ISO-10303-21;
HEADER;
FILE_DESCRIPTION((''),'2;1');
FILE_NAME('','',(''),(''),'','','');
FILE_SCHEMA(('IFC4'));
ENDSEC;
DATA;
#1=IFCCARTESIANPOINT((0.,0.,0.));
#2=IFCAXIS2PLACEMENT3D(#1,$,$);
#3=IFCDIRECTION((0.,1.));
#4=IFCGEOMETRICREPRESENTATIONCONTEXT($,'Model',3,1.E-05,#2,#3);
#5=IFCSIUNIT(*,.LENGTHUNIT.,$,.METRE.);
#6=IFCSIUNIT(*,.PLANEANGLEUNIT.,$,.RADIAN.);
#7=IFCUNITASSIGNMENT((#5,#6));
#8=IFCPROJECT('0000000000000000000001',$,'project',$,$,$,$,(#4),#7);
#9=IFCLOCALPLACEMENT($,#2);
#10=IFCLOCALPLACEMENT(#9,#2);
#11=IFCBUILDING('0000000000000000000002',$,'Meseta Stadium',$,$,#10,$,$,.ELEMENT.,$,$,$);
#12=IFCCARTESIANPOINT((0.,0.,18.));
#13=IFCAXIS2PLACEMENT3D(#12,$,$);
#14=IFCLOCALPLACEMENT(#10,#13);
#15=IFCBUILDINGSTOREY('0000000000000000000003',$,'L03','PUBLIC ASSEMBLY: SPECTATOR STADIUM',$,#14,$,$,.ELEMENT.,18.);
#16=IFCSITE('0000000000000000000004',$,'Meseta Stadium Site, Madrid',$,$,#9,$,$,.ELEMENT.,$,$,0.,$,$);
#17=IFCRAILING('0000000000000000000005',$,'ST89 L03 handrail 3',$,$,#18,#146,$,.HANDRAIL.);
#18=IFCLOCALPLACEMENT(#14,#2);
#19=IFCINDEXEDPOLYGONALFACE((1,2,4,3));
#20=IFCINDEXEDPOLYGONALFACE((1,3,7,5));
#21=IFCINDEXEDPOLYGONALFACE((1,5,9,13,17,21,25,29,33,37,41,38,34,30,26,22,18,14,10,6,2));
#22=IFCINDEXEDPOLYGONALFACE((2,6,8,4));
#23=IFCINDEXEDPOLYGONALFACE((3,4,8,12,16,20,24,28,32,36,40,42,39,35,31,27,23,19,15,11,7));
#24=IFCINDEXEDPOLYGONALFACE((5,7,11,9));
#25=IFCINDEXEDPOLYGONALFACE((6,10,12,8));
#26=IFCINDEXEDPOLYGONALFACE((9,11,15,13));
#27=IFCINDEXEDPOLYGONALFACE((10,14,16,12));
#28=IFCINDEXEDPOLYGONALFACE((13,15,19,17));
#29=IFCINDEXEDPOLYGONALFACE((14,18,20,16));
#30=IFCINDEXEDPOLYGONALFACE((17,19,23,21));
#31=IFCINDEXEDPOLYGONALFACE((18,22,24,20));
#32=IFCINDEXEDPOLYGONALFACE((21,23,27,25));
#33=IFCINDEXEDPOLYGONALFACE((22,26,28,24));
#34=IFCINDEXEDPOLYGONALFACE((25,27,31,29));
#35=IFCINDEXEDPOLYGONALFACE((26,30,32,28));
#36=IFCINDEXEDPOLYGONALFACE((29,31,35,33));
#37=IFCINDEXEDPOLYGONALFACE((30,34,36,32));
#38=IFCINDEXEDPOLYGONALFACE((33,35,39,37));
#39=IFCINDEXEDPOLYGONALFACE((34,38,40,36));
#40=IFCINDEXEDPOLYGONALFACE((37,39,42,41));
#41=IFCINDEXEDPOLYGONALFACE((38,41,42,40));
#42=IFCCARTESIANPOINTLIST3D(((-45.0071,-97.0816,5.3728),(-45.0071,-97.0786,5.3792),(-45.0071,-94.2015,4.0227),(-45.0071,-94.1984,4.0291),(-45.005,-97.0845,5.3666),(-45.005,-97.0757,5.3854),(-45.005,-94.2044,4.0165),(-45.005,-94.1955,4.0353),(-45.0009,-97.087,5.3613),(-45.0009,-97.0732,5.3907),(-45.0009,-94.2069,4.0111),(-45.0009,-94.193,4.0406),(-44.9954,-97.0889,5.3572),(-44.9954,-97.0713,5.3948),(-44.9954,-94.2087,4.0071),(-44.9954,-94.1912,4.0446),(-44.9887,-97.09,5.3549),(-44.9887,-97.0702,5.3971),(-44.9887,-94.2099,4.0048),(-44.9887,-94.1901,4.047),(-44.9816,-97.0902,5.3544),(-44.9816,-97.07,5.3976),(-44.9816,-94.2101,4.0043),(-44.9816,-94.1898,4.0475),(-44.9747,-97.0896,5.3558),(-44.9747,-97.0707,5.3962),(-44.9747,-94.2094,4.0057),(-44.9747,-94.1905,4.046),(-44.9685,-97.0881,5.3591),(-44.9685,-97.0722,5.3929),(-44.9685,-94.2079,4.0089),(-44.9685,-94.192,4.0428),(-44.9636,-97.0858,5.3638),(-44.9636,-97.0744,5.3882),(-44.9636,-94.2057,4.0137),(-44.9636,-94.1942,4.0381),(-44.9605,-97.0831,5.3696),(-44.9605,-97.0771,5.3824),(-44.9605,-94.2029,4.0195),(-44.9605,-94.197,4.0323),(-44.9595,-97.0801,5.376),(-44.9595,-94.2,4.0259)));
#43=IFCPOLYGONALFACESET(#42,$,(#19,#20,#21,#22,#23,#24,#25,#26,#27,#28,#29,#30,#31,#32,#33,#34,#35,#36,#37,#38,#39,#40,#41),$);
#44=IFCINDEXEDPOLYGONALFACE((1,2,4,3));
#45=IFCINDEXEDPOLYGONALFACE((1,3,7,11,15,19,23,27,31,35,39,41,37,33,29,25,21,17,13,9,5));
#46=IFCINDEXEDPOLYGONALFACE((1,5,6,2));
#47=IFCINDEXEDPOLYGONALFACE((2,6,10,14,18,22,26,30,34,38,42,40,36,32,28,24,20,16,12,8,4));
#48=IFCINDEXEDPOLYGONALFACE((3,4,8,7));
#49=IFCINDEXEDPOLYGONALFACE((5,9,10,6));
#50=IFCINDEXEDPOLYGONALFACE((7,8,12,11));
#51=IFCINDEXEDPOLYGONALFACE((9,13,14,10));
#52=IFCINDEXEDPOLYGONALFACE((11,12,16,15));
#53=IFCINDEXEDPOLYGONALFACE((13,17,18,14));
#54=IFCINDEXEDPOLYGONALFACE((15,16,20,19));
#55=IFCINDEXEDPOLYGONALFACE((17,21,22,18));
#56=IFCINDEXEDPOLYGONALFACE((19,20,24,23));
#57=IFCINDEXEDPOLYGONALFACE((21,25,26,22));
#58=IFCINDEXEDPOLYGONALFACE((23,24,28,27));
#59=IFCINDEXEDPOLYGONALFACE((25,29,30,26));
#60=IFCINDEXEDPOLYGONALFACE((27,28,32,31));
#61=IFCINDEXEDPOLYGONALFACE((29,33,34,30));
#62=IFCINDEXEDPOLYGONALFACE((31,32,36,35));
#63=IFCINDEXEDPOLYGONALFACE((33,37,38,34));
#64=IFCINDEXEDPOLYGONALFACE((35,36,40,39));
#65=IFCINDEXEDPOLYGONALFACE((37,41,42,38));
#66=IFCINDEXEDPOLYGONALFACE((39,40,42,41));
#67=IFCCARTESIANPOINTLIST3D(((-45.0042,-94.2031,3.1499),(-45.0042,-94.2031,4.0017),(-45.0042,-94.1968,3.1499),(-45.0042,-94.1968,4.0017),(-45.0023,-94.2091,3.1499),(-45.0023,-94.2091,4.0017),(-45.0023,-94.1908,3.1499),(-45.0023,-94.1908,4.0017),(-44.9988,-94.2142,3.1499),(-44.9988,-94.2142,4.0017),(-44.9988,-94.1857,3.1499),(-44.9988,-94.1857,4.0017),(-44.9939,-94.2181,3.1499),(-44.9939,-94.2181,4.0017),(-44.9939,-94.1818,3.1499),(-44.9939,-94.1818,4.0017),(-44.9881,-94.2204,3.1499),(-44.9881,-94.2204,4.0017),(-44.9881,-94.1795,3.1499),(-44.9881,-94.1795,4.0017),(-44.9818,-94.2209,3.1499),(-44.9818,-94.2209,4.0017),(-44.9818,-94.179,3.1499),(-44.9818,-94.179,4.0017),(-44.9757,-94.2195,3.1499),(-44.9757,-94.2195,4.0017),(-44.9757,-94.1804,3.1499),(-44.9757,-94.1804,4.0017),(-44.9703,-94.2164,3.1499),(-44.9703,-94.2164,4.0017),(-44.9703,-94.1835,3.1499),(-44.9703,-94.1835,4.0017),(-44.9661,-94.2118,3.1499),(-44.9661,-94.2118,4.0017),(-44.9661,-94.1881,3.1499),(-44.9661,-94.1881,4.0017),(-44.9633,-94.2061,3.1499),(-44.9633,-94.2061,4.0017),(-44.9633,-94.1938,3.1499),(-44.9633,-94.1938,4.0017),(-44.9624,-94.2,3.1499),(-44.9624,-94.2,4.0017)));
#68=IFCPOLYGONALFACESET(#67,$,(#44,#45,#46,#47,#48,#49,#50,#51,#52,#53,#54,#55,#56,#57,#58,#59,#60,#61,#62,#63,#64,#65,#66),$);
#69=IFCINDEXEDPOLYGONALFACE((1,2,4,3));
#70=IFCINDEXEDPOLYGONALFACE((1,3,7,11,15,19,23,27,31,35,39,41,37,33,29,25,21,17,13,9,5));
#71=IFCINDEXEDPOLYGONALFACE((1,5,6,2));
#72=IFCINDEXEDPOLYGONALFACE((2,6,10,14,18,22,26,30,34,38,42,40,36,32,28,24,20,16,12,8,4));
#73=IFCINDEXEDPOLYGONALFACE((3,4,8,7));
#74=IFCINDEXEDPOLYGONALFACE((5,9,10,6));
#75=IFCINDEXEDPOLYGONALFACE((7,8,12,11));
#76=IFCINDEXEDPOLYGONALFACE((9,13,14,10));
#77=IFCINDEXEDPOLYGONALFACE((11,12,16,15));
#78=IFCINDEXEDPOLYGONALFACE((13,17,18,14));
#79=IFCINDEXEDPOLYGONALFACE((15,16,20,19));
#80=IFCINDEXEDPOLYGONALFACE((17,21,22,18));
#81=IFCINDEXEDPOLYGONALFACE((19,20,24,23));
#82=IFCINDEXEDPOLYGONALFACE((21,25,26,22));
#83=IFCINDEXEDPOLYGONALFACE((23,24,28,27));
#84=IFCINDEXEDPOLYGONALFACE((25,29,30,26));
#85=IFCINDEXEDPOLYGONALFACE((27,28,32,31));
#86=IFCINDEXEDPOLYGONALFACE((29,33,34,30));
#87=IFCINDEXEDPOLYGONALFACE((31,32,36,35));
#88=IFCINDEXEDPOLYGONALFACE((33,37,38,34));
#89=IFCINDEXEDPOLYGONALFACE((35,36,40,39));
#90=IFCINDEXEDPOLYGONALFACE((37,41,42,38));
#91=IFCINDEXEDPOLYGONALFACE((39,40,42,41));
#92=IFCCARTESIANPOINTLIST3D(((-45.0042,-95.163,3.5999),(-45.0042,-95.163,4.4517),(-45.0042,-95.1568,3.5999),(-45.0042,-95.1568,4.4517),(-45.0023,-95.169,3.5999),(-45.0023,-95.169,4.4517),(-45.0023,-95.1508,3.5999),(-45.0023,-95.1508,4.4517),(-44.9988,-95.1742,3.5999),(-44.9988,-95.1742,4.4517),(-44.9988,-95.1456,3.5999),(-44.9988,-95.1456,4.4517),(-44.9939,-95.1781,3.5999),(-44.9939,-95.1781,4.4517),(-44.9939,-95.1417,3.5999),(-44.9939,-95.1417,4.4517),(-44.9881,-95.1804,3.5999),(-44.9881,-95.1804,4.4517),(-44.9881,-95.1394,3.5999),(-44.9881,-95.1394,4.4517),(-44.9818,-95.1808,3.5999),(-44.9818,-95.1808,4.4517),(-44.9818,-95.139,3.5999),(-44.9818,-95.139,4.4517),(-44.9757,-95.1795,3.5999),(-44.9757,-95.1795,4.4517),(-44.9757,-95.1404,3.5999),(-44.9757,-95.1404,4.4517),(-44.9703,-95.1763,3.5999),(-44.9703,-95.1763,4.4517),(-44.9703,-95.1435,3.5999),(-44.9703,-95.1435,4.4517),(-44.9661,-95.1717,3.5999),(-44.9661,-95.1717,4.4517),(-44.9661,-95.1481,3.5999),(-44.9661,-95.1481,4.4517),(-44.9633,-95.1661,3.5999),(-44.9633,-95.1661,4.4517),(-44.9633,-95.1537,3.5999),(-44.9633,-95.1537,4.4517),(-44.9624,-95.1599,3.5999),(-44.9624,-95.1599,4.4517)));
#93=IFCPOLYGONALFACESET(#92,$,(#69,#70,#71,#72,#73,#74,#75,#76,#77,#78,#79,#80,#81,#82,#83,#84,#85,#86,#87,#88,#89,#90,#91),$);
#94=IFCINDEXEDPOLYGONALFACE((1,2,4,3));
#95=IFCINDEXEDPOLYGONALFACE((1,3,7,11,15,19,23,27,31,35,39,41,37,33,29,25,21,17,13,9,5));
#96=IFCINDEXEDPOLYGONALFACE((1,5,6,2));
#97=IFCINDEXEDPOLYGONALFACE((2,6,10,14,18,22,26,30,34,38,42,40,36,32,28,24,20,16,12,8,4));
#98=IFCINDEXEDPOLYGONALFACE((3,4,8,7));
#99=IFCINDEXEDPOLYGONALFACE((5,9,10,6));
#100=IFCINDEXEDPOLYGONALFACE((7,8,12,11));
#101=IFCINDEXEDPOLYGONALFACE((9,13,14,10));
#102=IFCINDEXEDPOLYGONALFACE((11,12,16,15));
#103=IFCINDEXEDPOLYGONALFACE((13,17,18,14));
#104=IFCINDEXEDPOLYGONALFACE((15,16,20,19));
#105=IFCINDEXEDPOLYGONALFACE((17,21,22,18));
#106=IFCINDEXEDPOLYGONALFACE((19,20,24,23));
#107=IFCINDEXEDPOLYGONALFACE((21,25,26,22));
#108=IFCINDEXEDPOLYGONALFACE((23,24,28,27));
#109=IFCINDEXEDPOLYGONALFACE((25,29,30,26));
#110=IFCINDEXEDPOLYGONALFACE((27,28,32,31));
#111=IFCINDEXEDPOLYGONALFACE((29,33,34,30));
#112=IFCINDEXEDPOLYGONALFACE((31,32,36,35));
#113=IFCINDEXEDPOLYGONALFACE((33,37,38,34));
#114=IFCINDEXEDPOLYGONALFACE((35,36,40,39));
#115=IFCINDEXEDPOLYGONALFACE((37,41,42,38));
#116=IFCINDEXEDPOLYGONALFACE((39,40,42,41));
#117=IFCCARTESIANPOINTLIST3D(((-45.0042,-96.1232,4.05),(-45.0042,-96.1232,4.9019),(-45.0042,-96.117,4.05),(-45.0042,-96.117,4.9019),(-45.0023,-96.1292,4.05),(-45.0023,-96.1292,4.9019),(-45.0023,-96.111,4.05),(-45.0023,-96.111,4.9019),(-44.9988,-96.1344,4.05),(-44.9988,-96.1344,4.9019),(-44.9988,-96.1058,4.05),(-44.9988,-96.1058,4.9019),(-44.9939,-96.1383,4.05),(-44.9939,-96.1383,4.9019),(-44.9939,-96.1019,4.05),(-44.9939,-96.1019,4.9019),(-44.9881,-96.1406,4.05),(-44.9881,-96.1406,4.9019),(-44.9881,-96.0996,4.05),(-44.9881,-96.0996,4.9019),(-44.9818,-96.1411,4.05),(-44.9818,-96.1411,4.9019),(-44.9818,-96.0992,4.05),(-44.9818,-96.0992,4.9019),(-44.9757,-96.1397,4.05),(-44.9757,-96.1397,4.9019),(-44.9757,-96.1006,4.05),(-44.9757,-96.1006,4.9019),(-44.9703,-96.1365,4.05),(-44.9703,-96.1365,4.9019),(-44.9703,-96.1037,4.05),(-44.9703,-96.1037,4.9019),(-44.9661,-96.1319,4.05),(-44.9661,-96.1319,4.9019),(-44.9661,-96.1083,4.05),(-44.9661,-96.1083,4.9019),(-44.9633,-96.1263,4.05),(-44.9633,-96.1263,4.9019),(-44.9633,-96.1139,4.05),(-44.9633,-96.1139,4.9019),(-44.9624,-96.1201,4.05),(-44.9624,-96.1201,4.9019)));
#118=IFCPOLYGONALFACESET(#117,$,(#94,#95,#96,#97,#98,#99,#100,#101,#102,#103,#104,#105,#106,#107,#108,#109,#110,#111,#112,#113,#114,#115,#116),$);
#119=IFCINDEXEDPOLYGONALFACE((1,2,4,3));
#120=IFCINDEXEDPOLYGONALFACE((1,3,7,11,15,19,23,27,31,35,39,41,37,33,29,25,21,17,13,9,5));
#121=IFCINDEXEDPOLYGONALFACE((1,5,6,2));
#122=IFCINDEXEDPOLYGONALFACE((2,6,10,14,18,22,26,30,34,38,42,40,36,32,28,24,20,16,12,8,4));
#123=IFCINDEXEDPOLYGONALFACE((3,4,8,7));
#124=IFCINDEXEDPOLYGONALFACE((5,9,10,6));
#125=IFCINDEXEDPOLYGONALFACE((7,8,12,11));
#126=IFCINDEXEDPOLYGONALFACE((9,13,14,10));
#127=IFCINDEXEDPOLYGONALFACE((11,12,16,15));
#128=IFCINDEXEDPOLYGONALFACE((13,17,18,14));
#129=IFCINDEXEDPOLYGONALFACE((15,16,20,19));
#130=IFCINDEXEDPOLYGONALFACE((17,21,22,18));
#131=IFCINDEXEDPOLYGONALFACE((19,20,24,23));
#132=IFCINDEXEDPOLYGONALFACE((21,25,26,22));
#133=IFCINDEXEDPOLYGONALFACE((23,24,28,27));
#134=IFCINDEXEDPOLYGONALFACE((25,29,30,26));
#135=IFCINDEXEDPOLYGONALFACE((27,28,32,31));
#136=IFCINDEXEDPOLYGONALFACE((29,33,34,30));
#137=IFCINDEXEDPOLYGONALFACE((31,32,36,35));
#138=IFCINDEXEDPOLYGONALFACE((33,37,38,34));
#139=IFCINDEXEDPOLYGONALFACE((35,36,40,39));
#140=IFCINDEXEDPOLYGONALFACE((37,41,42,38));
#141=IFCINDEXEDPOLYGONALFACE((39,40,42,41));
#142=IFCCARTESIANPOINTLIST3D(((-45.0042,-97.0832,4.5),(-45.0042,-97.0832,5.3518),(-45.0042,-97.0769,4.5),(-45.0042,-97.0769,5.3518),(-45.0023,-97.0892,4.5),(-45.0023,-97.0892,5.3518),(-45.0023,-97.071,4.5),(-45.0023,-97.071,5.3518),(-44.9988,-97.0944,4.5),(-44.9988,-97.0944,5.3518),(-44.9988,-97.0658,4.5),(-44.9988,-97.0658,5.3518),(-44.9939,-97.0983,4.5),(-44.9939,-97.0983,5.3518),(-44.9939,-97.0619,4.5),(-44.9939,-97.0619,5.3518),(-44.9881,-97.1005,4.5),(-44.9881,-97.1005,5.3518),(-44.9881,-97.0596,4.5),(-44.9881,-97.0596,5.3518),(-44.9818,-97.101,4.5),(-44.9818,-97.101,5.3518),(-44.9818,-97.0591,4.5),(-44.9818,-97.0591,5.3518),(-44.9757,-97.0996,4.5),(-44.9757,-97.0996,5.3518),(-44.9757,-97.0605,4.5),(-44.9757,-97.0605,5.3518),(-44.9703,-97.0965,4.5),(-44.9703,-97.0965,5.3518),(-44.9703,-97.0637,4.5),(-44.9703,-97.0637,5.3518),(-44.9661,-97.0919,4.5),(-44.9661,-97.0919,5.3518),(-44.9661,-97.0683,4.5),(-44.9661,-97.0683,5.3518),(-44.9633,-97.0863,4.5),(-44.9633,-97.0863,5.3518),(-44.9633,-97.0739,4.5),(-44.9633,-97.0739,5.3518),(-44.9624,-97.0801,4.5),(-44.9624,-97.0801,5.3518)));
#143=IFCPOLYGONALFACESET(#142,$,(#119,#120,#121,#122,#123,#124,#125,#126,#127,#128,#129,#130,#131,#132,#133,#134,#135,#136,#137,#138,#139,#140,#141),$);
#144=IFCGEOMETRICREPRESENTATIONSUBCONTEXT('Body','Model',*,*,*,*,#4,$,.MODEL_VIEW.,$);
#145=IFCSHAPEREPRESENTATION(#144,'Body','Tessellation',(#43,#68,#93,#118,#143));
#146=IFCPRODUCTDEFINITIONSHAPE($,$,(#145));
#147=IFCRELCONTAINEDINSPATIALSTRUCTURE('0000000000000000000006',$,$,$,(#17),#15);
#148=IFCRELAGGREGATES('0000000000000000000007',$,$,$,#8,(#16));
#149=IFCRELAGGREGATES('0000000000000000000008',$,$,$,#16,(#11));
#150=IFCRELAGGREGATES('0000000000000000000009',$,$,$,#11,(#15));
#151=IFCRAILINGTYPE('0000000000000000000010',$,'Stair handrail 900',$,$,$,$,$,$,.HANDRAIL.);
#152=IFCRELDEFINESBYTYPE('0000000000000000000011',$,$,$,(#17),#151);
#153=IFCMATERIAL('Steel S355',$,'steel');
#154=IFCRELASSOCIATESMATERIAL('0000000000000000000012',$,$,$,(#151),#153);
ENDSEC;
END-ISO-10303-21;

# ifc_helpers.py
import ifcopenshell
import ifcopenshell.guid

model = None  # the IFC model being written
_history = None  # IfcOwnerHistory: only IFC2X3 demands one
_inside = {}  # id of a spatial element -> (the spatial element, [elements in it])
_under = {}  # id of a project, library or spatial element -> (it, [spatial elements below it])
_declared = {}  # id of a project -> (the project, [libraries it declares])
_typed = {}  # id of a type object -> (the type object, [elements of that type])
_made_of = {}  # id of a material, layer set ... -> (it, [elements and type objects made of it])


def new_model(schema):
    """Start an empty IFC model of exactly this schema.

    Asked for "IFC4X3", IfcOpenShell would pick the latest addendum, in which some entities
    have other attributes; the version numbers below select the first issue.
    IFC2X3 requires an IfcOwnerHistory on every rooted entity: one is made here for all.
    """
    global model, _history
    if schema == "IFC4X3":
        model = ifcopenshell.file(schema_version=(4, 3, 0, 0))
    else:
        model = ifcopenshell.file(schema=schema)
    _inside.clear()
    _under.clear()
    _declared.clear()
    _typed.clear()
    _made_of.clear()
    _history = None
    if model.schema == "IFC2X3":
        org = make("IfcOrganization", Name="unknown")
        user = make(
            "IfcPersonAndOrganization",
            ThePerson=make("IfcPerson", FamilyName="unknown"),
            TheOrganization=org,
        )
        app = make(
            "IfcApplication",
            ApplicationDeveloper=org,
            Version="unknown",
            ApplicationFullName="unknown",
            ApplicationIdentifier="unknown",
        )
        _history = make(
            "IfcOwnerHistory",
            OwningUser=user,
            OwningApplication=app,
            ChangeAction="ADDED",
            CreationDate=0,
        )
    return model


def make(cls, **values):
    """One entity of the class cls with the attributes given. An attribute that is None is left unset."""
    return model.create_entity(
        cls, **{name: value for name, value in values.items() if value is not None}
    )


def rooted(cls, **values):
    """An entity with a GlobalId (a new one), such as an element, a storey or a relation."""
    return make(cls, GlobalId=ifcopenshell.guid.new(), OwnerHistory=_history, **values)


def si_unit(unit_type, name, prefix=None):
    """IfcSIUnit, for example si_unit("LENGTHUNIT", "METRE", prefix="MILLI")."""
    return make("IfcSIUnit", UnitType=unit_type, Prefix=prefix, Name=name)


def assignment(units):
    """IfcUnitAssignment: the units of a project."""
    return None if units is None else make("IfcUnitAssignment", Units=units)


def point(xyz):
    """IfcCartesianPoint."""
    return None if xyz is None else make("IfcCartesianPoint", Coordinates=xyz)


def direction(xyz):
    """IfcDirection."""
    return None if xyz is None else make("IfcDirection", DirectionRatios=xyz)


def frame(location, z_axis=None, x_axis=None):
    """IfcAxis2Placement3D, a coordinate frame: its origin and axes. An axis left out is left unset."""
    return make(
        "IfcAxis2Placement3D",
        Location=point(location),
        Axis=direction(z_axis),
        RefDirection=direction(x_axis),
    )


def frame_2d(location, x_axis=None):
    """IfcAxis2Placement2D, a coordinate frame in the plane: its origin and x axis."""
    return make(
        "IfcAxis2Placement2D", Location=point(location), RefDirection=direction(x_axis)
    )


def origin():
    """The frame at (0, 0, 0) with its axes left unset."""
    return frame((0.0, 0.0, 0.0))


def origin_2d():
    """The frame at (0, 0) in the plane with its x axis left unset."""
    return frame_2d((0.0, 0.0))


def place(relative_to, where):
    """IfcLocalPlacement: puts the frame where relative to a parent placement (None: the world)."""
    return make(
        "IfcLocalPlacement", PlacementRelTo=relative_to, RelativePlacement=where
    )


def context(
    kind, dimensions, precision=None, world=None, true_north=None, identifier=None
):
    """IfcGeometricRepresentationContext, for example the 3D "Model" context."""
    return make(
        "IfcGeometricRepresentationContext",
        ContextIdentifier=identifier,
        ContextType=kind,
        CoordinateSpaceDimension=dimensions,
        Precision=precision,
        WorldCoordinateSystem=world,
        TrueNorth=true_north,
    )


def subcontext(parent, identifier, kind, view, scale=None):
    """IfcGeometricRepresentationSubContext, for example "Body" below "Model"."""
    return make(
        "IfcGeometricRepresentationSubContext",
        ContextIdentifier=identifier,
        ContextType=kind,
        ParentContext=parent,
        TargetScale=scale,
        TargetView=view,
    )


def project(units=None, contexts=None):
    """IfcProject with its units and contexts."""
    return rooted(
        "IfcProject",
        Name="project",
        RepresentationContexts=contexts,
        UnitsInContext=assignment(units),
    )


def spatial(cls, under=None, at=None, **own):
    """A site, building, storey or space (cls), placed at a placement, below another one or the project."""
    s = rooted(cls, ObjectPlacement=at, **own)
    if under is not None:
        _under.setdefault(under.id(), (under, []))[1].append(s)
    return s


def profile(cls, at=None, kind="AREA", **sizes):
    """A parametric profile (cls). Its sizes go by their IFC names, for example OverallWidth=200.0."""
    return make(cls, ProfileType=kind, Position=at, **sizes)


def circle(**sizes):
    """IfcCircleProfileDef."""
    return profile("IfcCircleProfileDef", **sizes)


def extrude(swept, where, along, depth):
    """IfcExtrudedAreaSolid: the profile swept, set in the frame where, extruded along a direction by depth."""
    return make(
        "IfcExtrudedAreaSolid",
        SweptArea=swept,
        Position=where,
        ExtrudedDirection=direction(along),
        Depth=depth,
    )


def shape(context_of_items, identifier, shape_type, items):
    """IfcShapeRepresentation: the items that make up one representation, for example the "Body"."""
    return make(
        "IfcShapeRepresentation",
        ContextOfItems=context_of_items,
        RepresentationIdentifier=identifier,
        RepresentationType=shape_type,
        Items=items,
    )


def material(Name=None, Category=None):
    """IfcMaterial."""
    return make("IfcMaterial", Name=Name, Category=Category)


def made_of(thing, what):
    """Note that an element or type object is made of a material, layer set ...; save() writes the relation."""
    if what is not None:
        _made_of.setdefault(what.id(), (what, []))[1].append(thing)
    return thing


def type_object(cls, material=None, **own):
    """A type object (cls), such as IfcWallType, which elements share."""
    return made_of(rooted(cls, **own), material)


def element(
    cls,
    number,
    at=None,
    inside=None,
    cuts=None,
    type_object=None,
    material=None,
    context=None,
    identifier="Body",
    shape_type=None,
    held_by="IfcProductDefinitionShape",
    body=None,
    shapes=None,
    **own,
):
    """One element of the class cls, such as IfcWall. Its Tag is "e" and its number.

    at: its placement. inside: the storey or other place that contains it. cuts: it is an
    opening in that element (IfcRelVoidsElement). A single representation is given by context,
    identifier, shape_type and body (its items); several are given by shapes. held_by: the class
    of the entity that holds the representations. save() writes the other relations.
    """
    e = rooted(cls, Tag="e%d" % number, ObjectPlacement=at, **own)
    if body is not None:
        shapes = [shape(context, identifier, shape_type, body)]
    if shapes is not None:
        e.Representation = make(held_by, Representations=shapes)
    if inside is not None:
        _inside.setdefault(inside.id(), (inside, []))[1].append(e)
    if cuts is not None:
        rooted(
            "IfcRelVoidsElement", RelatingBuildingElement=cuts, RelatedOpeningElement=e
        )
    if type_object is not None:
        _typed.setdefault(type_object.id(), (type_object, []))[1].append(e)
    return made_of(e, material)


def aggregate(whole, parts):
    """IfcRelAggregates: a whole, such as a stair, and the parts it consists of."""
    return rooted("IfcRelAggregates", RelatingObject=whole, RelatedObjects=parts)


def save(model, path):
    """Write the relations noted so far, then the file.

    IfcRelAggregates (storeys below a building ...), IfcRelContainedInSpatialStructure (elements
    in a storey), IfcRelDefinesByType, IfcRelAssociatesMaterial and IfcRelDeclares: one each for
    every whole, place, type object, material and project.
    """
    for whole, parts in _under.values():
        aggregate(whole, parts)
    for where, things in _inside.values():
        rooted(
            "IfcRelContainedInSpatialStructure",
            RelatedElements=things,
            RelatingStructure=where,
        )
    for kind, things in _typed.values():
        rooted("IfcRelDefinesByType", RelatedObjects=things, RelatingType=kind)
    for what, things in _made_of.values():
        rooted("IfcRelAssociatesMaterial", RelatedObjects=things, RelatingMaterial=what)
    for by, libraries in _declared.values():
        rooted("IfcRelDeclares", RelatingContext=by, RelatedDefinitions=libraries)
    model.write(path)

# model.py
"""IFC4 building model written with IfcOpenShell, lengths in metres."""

from ifc_helpers import new_model, si_unit, direction, frame, origin, origin_2d, place, context, subcontext, project, spatial, circle, extrude, material, type_object, element, save


model = new_model("IFC4")

# Units and contexts
model_context = context("Model", 3, precision=1e-05, world=origin(), true_north=direction((0.0, 1.0)))
body_context = subcontext(model_context, "Body", "Model", "MODEL_VIEW")
ifc_project = project(units=[si_unit("LENGTHUNIT", "METRE"), si_unit("PLANEANGLEUNIT", "RADIAN")], contexts=[model_context])

# Site, building, storey
site_placement = place(None, origin())
site = spatial("IfcSite", under=ifc_project, at=site_placement, Name="Meseta Stadium Site, Madrid", CompositionType="ELEMENT", RefElevation=0.0)
building_placement = place(site_placement, origin())
building = spatial("IfcBuilding", under=site, at=building_placement, Name="Meseta Stadium", CompositionType="ELEMENT")
storey_placement = place(building_placement, frame((0.0, 0.0, 18.0)))
storey = spatial("IfcBuildingStorey", under=building, at=storey_placement, Name="L03", Description="PUBLIC ASSEMBLY: SPECTATOR STADIUM", CompositionType="ELEMENT", Elevation=18.0)

# Railing
ifc_material_1 = material(Name="Steel S355", Category="steel")
railing_type_1 = type_object("IfcRailingType", Name="Stair handrail 900", PredefinedType="HANDRAIL", material=ifc_material_1)
railing_1_placement = place(storey_placement, frame((-44.9834, -94.2, 3.1499)))
element("IfcRailing", 1, at=railing_1_placement, inside=storey, type_object=railing_type_1, Name="ST89 L03 handrail 3", PredefinedType="HANDRAIL", context=body_context, shape_type="SweptSolid", body=[
    extrude(circle(Radius=0.0239, at=origin_2d()), frame((0.0, 0.0, 0.876), z_axis=(0.0, -0.905454, 0.424444), x_axis=(1.0, 0.0, 0.0)), (0.0, 0.0, 1.0), 3.1809),
    extrude(circle(Radius=0.021, at=origin_2d()), origin(), (0.0, 0.0, 1.0), 0.8518),
    extrude(circle(Radius=0.021, at=origin_2d()), frame((0.0, -0.96, 0.45)), (0.0, 0.0, 1.0), 0.8518),
    extrude(circle(Radius=0.021, at=origin_2d()), frame((0.0, -1.9202, 0.9001)), (0.0, 0.0, 1.0), 0.8518),
    extrude(circle(Radius=0.021, at=origin_2d()), frame((0.0, -2.8801, 1.3501)), (0.0, 0.0, 1.0), 0.8518),
])

save(model, "model.ifc")
